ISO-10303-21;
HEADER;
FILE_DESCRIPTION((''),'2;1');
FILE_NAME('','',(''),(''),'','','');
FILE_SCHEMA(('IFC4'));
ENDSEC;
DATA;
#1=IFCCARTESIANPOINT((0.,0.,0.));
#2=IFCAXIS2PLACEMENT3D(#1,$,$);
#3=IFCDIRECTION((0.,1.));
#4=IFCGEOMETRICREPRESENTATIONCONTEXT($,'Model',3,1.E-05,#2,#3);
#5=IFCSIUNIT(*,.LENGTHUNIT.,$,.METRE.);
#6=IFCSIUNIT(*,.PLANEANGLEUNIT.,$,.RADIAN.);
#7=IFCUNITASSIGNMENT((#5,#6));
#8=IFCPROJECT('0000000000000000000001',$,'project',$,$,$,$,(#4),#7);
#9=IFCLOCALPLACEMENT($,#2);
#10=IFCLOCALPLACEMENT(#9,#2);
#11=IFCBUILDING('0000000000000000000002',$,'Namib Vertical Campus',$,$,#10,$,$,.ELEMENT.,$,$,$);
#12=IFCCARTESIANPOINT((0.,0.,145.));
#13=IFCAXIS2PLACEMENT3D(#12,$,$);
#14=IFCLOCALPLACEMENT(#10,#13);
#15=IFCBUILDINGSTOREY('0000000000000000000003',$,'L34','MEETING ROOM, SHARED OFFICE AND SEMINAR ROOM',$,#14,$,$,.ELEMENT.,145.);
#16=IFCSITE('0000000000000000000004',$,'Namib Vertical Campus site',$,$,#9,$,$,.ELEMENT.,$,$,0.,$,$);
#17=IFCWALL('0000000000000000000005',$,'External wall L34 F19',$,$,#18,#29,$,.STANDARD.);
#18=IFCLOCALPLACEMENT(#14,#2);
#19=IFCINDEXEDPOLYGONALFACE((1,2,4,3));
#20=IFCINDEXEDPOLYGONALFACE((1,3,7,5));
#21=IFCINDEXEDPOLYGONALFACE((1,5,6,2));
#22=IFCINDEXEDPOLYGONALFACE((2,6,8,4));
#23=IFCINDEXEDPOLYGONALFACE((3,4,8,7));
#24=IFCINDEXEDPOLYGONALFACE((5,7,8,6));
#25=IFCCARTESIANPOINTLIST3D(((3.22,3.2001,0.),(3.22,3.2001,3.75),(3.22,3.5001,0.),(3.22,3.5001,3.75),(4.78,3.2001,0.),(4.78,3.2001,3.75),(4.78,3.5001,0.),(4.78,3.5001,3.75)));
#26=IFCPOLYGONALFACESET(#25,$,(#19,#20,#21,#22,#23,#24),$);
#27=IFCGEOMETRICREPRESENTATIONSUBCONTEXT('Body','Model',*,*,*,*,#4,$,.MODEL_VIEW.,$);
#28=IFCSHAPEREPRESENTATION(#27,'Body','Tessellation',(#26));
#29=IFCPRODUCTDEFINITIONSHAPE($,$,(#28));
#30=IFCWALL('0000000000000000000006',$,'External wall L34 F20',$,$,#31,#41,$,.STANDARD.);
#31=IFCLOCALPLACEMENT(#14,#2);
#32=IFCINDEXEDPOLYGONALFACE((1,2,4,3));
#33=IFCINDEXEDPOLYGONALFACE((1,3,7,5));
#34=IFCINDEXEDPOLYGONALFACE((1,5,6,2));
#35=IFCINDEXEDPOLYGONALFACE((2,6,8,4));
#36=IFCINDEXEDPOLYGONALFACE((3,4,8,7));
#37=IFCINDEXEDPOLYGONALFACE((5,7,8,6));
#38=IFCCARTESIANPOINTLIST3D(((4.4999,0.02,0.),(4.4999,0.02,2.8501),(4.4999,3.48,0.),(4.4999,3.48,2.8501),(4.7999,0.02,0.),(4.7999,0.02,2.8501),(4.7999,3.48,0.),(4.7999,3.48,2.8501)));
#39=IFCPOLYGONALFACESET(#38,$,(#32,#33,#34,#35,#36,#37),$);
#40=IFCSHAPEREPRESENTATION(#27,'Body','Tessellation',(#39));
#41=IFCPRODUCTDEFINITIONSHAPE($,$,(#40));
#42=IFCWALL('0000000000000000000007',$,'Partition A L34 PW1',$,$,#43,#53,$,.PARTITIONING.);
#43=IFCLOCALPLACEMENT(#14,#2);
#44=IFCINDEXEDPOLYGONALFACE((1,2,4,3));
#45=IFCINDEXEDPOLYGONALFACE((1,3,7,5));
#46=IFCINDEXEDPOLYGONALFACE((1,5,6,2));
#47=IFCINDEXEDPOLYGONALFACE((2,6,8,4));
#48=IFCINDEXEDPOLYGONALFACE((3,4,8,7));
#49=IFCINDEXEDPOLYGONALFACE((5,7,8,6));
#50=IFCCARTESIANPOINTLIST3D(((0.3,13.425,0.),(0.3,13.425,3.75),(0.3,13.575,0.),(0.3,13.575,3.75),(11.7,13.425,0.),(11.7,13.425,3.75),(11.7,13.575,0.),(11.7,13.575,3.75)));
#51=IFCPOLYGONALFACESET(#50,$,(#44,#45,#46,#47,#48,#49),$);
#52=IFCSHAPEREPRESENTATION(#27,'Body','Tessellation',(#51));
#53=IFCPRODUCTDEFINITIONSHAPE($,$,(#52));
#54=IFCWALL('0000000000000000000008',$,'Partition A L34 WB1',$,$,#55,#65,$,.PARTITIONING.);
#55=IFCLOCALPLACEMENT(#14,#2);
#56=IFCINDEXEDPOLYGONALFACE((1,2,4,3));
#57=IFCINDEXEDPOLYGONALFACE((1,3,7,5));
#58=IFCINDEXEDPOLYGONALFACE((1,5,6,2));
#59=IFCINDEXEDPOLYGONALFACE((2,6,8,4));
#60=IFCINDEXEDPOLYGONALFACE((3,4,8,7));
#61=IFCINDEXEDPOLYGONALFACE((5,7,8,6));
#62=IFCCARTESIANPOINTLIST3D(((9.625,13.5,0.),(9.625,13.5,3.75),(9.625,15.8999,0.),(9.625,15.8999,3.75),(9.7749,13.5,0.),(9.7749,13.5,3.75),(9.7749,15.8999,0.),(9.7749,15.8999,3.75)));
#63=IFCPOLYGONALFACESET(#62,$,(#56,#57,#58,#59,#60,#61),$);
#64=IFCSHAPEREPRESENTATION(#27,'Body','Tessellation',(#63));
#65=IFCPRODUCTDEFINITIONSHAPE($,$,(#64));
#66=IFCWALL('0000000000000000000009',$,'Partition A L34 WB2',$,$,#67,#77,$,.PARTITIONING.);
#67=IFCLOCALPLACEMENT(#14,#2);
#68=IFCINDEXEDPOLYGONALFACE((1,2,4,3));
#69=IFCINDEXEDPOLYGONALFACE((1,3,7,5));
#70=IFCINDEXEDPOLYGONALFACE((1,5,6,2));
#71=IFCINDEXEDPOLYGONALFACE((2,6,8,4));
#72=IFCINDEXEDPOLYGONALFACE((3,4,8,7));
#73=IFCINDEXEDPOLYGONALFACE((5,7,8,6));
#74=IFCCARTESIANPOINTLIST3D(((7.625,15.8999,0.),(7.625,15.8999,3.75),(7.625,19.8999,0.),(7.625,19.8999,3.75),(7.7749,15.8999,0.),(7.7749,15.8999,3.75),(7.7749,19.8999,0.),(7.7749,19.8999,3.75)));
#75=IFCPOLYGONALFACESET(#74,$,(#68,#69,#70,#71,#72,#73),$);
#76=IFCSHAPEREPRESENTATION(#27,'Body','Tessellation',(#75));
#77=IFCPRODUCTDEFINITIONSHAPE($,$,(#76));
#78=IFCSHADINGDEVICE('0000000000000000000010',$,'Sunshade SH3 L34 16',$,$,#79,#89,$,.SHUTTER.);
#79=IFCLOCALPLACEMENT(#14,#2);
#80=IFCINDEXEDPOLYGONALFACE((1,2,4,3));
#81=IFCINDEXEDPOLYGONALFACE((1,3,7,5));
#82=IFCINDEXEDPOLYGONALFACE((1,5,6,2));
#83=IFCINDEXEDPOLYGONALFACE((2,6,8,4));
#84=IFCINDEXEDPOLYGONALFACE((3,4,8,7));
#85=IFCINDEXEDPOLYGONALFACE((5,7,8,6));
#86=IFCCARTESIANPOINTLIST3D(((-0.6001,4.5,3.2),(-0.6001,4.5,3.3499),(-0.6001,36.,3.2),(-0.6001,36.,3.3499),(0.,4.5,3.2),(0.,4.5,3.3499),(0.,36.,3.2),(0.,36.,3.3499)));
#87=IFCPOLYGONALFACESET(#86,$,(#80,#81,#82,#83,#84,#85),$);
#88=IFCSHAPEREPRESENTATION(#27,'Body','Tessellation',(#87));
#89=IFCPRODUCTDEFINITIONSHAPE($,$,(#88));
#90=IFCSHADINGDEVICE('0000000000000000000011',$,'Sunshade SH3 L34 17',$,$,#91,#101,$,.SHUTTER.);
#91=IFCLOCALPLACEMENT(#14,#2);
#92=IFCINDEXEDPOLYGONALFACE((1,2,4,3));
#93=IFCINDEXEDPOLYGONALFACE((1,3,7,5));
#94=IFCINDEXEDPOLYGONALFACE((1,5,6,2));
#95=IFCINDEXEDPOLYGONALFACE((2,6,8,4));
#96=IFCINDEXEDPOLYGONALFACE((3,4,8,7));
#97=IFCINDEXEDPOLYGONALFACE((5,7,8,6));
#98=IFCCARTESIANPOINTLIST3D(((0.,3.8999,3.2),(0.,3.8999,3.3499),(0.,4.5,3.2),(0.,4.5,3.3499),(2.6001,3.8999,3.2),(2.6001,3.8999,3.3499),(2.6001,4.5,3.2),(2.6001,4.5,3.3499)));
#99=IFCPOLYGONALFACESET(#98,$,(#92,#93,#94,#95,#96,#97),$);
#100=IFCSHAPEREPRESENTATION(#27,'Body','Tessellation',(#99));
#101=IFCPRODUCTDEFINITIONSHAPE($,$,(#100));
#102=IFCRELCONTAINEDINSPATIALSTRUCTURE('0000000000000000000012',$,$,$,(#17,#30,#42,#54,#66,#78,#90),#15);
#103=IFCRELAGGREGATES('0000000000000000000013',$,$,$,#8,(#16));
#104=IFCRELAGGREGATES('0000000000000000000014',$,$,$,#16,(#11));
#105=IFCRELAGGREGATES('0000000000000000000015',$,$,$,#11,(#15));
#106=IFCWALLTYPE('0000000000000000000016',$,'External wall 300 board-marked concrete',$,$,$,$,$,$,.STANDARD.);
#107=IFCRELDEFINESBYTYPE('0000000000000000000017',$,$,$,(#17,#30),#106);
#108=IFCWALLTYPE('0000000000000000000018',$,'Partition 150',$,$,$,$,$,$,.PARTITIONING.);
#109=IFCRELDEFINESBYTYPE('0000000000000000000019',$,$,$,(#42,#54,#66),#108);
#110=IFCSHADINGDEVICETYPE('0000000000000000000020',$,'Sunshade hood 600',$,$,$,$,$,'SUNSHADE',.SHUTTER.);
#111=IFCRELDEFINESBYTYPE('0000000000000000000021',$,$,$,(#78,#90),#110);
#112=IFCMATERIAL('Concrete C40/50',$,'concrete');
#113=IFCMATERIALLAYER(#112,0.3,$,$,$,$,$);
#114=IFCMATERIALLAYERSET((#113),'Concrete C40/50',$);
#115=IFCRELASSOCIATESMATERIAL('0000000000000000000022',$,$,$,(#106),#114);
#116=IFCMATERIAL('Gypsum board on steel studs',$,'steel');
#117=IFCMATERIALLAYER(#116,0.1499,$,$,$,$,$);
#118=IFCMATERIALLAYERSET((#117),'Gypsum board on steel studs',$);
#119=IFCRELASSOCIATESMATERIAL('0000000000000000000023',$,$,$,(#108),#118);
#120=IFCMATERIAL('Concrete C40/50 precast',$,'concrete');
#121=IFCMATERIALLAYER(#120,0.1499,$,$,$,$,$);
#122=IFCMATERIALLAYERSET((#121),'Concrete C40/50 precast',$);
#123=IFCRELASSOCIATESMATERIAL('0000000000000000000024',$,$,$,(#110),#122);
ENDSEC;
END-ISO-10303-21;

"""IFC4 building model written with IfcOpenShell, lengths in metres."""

from ifc_helpers import new_model, si_unit, direction, frame, frame_2d, origin, origin_2d, place, context, subcontext, project, spatial, rectangle, extrude, material, layer, layer_set, type_object, element, save


model = new_model("IFC4")

# Units and contexts
model_context = context("Model", 3, precision=1e-05, world=origin(), true_north=direction((0.0, 1.0)))
body_context = subcontext(model_context, "Body", "Model", "MODEL_VIEW")
ifc_project = project(units=[si_unit("LENGTHUNIT", "METRE"), si_unit("PLANEANGLEUNIT", "RADIAN")], contexts=[model_context])

# Site, building, storey
site_placement = place(None, origin())
site = spatial("IfcSite", under=ifc_project, at=site_placement, Name="Namib Vertical Campus site", CompositionType="ELEMENT", RefElevation=0.0)
building_placement = place(site_placement, origin())
building = spatial("IfcBuilding", under=site, at=building_placement, Name="Namib Vertical Campus", CompositionType="ELEMENT")
storey_placement = place(building_placement, frame((0.0, 0.0, 145.0)))
storey = spatial("IfcBuildingStorey", under=building, at=storey_placement, Name="L34", Description="MEETING ROOM, SHARED OFFICE AND SEMINAR ROOM", CompositionType="ELEMENT", Elevation=145.0)

# Walls
ifc_material_1 = material(Name="Concrete C40/50", Category="concrete")
ifc_layer_1 = layer(ifc_material_1, 0.3)
ifc_layer_set_1 = layer_set([ifc_layer_1], Name="Concrete C40/50")
wall_type_1 = type_object("IfcWallType", Name="External wall 300 board-marked concrete", PredefinedType="STANDARD", material=ifc_layer_set_1)
for number, where, z_axis, x_axis, name in (
    (1, (3.22, 3.3501, 0.0), (0.0, 0.0, 1.0), (1.0, 0.0, 0.0), "External wall L34 F19"),
):
    element("IfcWall", number, at=place(storey_placement, frame(where, z_axis=z_axis, x_axis=x_axis)), inside=storey, type_object=wall_type_1, Name=name, PredefinedType="STANDARD", context=body_context, shape_type="SweptSolid", body=[
        extrude(rectangle(XDim=1.5601, YDim=0.3, at=frame_2d((0.78, 0.0))), origin(), (0.0, 0.0, 1.0), 3.75),
    ])
wall_1_placement = place(storey_placement, frame((4.6499, 3.48, 0.0), z_axis=(0.0, 0.0, 1.0), x_axis=(0.0, -1.0, 0.0)))
element("IfcWall", 2, at=wall_1_placement, inside=storey, type_object=wall_type_1, Name="External wall L34 F20", PredefinedType="STANDARD", context=body_context, shape_type="SweptSolid", body=[
    extrude(rectangle(XDim=3.46, YDim=0.3, at=frame_2d((1.73, 0.0))), origin(), (0.0, 0.0, 1.0), 2.8501),
])
ifc_material_2 = material(Name="Gypsum board on steel studs", Category="steel")
ifc_layer_2 = layer(ifc_material_2, 0.1499)
ifc_layer_set_2 = layer_set([ifc_layer_2], Name="Gypsum board on steel studs")
wall_type_2 = type_object("IfcWallType", Name="Partition 150", PredefinedType="PARTITIONING", material=ifc_layer_set_2)
wall_2_placement = place(storey_placement, frame((0.3, 13.5, 0.0), z_axis=(0.0, 0.0, 1.0), x_axis=(1.0, 0.0, 0.0)))
element("IfcWall", 3, at=wall_2_placement, inside=storey, type_object=wall_type_2, Name="Partition A L34 PW1", PredefinedType="PARTITIONING", context=body_context, shape_type="SweptSolid", body=[
    extrude(rectangle(XDim=11.3999, YDim=0.1499, at=frame_2d((5.7, 0.0))), origin(), (0.0, 0.0, 1.0), 3.75),
])
wall_3_placement = place(storey_placement, frame((9.7, 13.5, 0.0), z_axis=(0.0, 0.0, 1.0), x_axis=(0.0, 1.0, 0.0)))
element("IfcWall", 4, at=wall_3_placement, inside=storey, type_object=wall_type_2, Name="Partition A L34 WB1", PredefinedType="PARTITIONING", context=body_context, shape_type="SweptSolid", body=[
    extrude(rectangle(XDim=2.3999, YDim=0.1499, at=frame_2d((1.2, 0.0))), origin(), (0.0, 0.0, 1.0), 3.75),
])
wall_4_placement = place(storey_placement, frame((7.7, 15.8999, 0.0), z_axis=(0.0, 0.0, 1.0), x_axis=(0.0, 1.0, 0.0)))
element("IfcWall", 5, at=wall_4_placement, inside=storey, type_object=wall_type_2, Name="Partition A L34 WB2", PredefinedType="PARTITIONING", context=body_context, shape_type="SweptSolid", body=[
    extrude(rectangle(XDim=4.0, YDim=0.1499, at=frame_2d((2.0, 0.0))), origin(), (0.0, 0.0, 1.0), 3.75),
])

# Shading devices
ifc_material_3 = material(Name="Concrete C40/50 precast", Category="concrete")
ifc_layer_3 = layer(ifc_material_3, 0.1499)
ifc_layer_set_3 = layer_set([ifc_layer_3], Name="Concrete C40/50 precast")
shading_device_type = type_object("IfcShadingDeviceType", Name="Sunshade hood 600", ElementType="SUNSHADE", PredefinedType="SHUTTER", material=ifc_layer_set_3)
shading_device_1_placement = place(storey_placement, frame((-0.3, 20.25, 3.2), z_axis=(0.0, 0.0, 1.0), x_axis=(0.0, -1.0, 0.0)))
element("IfcShadingDevice", 6, at=shading_device_1_placement, inside=storey, type_object=shading_device_type, Name="Sunshade SH3 L34 16", PredefinedType="SHUTTER", context=body_context, shape_type="SweptSolid", body=[
    extrude(rectangle(XDim=31.5, YDim=0.6001, at=origin_2d()), origin(), (0.0, 0.0, 1.0), 0.1499),
])
shading_device_2_placement = place(storey_placement, frame((1.3, 4.2, 3.2), z_axis=(0.0, 0.0, 1.0), x_axis=(1.0, 0.0, 0.0)))
element("IfcShadingDevice", 7, at=shading_device_2_placement, inside=storey, type_object=shading_device_type, Name="Sunshade SH3 L34 17", PredefinedType="SHUTTER", context=body_context, shape_type="SweptSolid", body=[
    extrude(rectangle(XDim=2.6001, YDim=0.6001, at=origin_2d()), origin(), (0.0, 0.0, 1.0), 0.1499),
])

save(model, "model.ifc")
